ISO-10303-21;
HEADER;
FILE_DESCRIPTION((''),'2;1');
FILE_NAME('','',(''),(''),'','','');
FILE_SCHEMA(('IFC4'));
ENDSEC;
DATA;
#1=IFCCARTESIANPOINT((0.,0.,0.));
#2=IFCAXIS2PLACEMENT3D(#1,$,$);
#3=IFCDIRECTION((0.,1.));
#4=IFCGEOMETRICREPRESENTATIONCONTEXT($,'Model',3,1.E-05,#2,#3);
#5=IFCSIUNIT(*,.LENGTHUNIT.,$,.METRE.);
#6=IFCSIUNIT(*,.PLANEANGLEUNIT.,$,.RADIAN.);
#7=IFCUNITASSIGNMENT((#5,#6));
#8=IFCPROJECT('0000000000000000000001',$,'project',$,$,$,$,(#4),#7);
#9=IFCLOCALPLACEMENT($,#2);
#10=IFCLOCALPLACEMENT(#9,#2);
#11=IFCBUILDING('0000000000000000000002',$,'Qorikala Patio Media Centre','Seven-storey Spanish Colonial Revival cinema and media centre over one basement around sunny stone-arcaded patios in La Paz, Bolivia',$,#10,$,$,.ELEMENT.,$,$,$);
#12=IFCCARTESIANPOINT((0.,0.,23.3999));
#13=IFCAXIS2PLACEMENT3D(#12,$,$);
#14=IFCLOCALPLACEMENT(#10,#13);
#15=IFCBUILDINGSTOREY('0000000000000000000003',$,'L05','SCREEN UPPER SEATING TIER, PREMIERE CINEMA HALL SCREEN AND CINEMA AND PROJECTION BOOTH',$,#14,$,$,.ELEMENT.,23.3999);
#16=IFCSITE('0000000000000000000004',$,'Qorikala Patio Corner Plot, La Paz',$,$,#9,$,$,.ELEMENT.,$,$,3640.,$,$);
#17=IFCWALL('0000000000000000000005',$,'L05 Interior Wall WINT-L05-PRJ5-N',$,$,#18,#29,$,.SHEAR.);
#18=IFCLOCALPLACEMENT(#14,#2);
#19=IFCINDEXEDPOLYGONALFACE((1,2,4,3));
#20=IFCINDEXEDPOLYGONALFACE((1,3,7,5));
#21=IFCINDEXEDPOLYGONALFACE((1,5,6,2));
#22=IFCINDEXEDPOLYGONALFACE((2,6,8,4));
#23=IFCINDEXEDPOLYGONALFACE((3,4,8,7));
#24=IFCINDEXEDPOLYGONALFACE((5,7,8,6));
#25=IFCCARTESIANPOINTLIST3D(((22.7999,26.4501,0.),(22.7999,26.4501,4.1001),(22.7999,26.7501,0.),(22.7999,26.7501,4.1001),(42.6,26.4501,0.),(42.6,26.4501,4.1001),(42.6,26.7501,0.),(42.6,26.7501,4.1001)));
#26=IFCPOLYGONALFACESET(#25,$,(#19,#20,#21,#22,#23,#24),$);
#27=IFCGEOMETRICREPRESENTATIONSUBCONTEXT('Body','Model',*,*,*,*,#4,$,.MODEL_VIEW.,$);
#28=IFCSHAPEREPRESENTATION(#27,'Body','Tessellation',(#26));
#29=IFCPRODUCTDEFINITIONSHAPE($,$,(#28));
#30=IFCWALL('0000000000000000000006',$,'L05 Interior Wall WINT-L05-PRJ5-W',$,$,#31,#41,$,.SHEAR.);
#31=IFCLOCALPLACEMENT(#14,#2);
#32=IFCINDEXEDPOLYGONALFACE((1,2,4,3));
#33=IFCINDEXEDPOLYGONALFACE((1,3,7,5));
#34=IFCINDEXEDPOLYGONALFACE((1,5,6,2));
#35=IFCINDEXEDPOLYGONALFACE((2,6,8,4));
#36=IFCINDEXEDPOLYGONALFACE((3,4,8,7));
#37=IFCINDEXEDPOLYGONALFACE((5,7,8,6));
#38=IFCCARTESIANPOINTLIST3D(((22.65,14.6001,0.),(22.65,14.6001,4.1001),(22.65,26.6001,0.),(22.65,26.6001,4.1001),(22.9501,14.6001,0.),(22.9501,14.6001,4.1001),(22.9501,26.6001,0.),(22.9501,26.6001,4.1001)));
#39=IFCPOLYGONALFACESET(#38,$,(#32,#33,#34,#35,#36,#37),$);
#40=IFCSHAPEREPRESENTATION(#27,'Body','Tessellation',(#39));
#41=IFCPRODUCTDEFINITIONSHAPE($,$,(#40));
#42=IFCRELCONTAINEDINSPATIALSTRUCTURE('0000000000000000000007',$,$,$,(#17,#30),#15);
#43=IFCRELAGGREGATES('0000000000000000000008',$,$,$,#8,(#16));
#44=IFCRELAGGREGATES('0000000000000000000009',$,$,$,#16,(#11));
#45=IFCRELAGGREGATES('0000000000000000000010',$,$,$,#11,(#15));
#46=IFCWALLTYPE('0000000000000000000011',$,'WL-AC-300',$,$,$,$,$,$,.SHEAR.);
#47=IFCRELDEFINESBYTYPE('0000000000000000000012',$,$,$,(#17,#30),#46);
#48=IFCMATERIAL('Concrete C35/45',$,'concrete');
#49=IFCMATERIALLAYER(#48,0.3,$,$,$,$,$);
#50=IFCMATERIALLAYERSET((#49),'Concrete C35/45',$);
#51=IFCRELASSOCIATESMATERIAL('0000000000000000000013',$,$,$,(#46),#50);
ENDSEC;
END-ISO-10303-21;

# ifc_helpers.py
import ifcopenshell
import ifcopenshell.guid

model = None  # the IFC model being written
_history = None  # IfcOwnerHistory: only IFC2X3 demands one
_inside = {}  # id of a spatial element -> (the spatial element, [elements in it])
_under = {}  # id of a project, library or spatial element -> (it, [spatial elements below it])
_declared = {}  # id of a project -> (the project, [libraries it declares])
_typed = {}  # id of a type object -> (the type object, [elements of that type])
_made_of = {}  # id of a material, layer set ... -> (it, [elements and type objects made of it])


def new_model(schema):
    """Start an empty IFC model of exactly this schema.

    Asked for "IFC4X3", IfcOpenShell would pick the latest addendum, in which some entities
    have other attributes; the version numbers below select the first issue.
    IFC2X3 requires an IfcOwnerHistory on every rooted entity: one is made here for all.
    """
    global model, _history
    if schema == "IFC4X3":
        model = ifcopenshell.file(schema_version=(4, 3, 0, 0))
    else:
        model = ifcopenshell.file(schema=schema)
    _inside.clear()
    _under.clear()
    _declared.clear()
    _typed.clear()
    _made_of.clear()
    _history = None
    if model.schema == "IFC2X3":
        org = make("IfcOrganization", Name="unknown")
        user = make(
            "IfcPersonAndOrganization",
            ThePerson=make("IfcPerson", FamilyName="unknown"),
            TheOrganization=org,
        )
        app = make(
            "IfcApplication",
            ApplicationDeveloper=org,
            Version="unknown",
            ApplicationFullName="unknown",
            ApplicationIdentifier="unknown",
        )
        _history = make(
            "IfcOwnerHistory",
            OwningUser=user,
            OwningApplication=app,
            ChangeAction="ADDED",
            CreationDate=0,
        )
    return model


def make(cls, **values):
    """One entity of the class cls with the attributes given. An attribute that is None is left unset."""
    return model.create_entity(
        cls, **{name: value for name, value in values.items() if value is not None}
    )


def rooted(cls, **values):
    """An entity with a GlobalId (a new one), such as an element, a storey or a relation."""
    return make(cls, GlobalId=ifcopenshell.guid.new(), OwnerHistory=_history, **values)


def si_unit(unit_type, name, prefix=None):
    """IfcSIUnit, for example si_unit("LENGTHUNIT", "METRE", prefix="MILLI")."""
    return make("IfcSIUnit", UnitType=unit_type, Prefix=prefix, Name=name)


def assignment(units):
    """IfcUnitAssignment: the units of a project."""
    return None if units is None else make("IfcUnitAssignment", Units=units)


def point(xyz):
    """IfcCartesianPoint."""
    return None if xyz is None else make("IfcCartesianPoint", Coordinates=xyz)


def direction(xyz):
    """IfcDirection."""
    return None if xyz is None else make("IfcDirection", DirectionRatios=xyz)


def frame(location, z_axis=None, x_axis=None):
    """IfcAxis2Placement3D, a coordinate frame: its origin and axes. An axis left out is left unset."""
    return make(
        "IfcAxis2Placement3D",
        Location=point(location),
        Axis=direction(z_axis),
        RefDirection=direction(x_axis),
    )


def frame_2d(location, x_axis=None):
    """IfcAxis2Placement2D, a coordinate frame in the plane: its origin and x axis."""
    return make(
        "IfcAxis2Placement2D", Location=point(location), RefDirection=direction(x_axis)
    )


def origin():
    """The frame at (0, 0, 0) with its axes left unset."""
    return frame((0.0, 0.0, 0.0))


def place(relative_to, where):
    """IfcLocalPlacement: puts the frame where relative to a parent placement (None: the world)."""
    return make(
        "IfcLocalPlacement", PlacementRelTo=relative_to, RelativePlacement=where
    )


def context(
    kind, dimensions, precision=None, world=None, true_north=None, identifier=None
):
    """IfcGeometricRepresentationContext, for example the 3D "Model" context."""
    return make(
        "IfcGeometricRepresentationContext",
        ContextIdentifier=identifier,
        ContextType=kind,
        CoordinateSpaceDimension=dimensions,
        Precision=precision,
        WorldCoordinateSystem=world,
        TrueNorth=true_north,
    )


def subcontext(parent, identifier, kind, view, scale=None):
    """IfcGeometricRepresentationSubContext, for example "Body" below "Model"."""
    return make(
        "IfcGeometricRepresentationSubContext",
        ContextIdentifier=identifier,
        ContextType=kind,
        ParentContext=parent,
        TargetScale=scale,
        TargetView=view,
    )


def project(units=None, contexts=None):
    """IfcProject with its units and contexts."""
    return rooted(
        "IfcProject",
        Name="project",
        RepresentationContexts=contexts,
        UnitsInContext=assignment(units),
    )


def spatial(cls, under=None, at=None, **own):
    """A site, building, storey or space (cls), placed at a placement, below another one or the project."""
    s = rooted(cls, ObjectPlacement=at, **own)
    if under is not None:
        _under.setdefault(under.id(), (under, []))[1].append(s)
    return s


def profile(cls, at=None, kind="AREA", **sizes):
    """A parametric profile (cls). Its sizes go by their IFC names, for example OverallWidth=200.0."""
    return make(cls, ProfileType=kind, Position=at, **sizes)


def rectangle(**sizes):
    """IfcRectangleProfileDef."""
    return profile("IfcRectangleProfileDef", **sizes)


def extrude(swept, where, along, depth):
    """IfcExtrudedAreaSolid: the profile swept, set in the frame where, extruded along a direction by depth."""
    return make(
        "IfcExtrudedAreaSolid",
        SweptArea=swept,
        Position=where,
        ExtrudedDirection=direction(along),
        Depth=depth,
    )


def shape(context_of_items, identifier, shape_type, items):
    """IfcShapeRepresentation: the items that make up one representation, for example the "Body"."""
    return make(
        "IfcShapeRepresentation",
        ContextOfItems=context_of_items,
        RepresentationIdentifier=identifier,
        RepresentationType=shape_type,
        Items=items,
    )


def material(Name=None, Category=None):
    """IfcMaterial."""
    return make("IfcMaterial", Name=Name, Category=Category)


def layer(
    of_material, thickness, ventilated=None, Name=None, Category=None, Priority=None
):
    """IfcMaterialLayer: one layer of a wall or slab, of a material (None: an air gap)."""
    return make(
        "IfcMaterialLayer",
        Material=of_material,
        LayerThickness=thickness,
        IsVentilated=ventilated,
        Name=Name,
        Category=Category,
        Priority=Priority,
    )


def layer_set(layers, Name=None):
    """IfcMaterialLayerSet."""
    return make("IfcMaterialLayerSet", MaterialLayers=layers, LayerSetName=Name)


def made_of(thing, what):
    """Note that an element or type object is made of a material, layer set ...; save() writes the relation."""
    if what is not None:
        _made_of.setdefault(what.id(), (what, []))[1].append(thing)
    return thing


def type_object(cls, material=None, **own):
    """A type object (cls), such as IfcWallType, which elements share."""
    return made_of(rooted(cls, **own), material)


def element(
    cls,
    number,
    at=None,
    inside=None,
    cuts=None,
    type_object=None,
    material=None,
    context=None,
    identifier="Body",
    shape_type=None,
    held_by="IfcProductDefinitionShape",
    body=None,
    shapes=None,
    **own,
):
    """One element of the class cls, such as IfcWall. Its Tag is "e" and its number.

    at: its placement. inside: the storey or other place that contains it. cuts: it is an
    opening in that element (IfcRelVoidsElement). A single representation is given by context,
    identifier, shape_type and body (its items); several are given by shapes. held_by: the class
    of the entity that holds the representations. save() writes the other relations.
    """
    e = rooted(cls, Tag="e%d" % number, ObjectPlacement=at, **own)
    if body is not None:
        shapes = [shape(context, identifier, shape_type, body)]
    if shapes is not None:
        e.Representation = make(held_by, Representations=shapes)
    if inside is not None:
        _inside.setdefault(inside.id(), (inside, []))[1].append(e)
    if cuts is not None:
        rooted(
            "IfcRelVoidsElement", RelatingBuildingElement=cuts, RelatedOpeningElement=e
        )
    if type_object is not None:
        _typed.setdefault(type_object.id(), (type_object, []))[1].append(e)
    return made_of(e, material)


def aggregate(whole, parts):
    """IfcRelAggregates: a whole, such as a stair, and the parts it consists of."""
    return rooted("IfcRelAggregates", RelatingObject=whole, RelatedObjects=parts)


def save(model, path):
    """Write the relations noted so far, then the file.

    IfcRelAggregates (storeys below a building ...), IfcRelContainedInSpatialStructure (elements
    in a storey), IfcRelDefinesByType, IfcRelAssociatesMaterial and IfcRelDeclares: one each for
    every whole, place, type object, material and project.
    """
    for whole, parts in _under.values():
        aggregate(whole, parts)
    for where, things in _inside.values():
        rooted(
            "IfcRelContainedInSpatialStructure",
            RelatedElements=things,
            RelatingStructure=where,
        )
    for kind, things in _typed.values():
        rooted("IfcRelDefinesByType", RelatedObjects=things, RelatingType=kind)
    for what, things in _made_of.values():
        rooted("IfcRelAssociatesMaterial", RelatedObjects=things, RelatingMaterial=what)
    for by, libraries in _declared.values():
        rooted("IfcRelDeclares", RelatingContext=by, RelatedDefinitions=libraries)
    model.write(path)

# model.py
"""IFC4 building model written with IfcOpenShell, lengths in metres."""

from ifc_helpers import new_model, si_unit, direction, frame, frame_2d, origin, place, context, subcontext, project, spatial, rectangle, extrude, material, layer, layer_set, type_object, element, save


model = new_model("IFC4")

# Units and contexts
model_context = context("Model", 3, precision=1e-05, world=origin(), true_north=direction((0.0, 1.0)))
body_context = subcontext(model_context, "Body", "Model", "MODEL_VIEW")
ifc_project = project(units=[si_unit("LENGTHUNIT", "METRE"), si_unit("PLANEANGLEUNIT", "RADIAN")], contexts=[model_context])

# Site, building, storey
site_placement = place(None, origin())
site = spatial("IfcSite", under=ifc_project, at=site_placement, Name="Qorikala Patio Corner Plot, La Paz", CompositionType="ELEMENT", RefElevation=3640.0)
building_placement = place(site_placement, origin())
building = spatial("IfcBuilding", under=site, at=building_placement, Name="Qorikala Patio Media Centre", Description="Seven-storey Spanish Colonial Revival cinema and media centre over one basement around sunny stone-arcaded patios in La Paz, Bolivia", CompositionType="ELEMENT")
storey_placement = place(building_placement, frame((0.0, 0.0, 23.3999)))
storey = spatial("IfcBuildingStorey", under=building, at=storey_placement, Name="L05", Description="SCREEN UPPER SEATING TIER, PREMIERE CINEMA HALL SCREEN AND CINEMA AND PROJECTION BOOTH", CompositionType="ELEMENT", Elevation=23.3999)

# Shared definitions
ifc_material = material(Name="Concrete C35/45", Category="concrete")

# Walls
ifc_layer = layer(ifc_material, 0.3)
ifc_layer_set = layer_set([ifc_layer], Name="Concrete C35/45")
wall_type = type_object("IfcWallType", Name="WL-AC-300", PredefinedType="SHEAR", material=ifc_layer_set)
wall_1_placement = place(storey_placement, frame((22.8, 26.6001, 0.0), z_axis=(0.0, 0.0, 1.0), x_axis=(1.0, 0.0, 0.0)))
element("IfcWall", 1, at=wall_1_placement, inside=storey, type_object=wall_type, Name="L05 Interior Wall WINT-L05-PRJ5-N", PredefinedType="SHEAR", context=body_context, shape_type="SweptSolid", body=[
    extrude(rectangle(XDim=19.8, YDim=0.3, at=frame_2d((9.8999, 0.0))), origin(), (0.0, 0.0, 1.0), 4.1001),
])
wall_2_placement = place(storey_placement, frame((22.8, 14.6001, 0.0), z_axis=(0.0, 0.0, 1.0), x_axis=(0.0, 1.0, 0.0)))
element("IfcWall", 2, at=wall_2_placement, inside=storey, type_object=wall_type, Name="L05 Interior Wall WINT-L05-PRJ5-W", PredefinedType="SHEAR", context=body_context, shape_type="SweptSolid", body=[
    extrude(rectangle(XDim=12.0, YDim=0.3, at=frame_2d((6.0, 0.0))), origin(), (0.0, 0.0, 1.0), 4.1001),
])

save(model, "model.ifc")
